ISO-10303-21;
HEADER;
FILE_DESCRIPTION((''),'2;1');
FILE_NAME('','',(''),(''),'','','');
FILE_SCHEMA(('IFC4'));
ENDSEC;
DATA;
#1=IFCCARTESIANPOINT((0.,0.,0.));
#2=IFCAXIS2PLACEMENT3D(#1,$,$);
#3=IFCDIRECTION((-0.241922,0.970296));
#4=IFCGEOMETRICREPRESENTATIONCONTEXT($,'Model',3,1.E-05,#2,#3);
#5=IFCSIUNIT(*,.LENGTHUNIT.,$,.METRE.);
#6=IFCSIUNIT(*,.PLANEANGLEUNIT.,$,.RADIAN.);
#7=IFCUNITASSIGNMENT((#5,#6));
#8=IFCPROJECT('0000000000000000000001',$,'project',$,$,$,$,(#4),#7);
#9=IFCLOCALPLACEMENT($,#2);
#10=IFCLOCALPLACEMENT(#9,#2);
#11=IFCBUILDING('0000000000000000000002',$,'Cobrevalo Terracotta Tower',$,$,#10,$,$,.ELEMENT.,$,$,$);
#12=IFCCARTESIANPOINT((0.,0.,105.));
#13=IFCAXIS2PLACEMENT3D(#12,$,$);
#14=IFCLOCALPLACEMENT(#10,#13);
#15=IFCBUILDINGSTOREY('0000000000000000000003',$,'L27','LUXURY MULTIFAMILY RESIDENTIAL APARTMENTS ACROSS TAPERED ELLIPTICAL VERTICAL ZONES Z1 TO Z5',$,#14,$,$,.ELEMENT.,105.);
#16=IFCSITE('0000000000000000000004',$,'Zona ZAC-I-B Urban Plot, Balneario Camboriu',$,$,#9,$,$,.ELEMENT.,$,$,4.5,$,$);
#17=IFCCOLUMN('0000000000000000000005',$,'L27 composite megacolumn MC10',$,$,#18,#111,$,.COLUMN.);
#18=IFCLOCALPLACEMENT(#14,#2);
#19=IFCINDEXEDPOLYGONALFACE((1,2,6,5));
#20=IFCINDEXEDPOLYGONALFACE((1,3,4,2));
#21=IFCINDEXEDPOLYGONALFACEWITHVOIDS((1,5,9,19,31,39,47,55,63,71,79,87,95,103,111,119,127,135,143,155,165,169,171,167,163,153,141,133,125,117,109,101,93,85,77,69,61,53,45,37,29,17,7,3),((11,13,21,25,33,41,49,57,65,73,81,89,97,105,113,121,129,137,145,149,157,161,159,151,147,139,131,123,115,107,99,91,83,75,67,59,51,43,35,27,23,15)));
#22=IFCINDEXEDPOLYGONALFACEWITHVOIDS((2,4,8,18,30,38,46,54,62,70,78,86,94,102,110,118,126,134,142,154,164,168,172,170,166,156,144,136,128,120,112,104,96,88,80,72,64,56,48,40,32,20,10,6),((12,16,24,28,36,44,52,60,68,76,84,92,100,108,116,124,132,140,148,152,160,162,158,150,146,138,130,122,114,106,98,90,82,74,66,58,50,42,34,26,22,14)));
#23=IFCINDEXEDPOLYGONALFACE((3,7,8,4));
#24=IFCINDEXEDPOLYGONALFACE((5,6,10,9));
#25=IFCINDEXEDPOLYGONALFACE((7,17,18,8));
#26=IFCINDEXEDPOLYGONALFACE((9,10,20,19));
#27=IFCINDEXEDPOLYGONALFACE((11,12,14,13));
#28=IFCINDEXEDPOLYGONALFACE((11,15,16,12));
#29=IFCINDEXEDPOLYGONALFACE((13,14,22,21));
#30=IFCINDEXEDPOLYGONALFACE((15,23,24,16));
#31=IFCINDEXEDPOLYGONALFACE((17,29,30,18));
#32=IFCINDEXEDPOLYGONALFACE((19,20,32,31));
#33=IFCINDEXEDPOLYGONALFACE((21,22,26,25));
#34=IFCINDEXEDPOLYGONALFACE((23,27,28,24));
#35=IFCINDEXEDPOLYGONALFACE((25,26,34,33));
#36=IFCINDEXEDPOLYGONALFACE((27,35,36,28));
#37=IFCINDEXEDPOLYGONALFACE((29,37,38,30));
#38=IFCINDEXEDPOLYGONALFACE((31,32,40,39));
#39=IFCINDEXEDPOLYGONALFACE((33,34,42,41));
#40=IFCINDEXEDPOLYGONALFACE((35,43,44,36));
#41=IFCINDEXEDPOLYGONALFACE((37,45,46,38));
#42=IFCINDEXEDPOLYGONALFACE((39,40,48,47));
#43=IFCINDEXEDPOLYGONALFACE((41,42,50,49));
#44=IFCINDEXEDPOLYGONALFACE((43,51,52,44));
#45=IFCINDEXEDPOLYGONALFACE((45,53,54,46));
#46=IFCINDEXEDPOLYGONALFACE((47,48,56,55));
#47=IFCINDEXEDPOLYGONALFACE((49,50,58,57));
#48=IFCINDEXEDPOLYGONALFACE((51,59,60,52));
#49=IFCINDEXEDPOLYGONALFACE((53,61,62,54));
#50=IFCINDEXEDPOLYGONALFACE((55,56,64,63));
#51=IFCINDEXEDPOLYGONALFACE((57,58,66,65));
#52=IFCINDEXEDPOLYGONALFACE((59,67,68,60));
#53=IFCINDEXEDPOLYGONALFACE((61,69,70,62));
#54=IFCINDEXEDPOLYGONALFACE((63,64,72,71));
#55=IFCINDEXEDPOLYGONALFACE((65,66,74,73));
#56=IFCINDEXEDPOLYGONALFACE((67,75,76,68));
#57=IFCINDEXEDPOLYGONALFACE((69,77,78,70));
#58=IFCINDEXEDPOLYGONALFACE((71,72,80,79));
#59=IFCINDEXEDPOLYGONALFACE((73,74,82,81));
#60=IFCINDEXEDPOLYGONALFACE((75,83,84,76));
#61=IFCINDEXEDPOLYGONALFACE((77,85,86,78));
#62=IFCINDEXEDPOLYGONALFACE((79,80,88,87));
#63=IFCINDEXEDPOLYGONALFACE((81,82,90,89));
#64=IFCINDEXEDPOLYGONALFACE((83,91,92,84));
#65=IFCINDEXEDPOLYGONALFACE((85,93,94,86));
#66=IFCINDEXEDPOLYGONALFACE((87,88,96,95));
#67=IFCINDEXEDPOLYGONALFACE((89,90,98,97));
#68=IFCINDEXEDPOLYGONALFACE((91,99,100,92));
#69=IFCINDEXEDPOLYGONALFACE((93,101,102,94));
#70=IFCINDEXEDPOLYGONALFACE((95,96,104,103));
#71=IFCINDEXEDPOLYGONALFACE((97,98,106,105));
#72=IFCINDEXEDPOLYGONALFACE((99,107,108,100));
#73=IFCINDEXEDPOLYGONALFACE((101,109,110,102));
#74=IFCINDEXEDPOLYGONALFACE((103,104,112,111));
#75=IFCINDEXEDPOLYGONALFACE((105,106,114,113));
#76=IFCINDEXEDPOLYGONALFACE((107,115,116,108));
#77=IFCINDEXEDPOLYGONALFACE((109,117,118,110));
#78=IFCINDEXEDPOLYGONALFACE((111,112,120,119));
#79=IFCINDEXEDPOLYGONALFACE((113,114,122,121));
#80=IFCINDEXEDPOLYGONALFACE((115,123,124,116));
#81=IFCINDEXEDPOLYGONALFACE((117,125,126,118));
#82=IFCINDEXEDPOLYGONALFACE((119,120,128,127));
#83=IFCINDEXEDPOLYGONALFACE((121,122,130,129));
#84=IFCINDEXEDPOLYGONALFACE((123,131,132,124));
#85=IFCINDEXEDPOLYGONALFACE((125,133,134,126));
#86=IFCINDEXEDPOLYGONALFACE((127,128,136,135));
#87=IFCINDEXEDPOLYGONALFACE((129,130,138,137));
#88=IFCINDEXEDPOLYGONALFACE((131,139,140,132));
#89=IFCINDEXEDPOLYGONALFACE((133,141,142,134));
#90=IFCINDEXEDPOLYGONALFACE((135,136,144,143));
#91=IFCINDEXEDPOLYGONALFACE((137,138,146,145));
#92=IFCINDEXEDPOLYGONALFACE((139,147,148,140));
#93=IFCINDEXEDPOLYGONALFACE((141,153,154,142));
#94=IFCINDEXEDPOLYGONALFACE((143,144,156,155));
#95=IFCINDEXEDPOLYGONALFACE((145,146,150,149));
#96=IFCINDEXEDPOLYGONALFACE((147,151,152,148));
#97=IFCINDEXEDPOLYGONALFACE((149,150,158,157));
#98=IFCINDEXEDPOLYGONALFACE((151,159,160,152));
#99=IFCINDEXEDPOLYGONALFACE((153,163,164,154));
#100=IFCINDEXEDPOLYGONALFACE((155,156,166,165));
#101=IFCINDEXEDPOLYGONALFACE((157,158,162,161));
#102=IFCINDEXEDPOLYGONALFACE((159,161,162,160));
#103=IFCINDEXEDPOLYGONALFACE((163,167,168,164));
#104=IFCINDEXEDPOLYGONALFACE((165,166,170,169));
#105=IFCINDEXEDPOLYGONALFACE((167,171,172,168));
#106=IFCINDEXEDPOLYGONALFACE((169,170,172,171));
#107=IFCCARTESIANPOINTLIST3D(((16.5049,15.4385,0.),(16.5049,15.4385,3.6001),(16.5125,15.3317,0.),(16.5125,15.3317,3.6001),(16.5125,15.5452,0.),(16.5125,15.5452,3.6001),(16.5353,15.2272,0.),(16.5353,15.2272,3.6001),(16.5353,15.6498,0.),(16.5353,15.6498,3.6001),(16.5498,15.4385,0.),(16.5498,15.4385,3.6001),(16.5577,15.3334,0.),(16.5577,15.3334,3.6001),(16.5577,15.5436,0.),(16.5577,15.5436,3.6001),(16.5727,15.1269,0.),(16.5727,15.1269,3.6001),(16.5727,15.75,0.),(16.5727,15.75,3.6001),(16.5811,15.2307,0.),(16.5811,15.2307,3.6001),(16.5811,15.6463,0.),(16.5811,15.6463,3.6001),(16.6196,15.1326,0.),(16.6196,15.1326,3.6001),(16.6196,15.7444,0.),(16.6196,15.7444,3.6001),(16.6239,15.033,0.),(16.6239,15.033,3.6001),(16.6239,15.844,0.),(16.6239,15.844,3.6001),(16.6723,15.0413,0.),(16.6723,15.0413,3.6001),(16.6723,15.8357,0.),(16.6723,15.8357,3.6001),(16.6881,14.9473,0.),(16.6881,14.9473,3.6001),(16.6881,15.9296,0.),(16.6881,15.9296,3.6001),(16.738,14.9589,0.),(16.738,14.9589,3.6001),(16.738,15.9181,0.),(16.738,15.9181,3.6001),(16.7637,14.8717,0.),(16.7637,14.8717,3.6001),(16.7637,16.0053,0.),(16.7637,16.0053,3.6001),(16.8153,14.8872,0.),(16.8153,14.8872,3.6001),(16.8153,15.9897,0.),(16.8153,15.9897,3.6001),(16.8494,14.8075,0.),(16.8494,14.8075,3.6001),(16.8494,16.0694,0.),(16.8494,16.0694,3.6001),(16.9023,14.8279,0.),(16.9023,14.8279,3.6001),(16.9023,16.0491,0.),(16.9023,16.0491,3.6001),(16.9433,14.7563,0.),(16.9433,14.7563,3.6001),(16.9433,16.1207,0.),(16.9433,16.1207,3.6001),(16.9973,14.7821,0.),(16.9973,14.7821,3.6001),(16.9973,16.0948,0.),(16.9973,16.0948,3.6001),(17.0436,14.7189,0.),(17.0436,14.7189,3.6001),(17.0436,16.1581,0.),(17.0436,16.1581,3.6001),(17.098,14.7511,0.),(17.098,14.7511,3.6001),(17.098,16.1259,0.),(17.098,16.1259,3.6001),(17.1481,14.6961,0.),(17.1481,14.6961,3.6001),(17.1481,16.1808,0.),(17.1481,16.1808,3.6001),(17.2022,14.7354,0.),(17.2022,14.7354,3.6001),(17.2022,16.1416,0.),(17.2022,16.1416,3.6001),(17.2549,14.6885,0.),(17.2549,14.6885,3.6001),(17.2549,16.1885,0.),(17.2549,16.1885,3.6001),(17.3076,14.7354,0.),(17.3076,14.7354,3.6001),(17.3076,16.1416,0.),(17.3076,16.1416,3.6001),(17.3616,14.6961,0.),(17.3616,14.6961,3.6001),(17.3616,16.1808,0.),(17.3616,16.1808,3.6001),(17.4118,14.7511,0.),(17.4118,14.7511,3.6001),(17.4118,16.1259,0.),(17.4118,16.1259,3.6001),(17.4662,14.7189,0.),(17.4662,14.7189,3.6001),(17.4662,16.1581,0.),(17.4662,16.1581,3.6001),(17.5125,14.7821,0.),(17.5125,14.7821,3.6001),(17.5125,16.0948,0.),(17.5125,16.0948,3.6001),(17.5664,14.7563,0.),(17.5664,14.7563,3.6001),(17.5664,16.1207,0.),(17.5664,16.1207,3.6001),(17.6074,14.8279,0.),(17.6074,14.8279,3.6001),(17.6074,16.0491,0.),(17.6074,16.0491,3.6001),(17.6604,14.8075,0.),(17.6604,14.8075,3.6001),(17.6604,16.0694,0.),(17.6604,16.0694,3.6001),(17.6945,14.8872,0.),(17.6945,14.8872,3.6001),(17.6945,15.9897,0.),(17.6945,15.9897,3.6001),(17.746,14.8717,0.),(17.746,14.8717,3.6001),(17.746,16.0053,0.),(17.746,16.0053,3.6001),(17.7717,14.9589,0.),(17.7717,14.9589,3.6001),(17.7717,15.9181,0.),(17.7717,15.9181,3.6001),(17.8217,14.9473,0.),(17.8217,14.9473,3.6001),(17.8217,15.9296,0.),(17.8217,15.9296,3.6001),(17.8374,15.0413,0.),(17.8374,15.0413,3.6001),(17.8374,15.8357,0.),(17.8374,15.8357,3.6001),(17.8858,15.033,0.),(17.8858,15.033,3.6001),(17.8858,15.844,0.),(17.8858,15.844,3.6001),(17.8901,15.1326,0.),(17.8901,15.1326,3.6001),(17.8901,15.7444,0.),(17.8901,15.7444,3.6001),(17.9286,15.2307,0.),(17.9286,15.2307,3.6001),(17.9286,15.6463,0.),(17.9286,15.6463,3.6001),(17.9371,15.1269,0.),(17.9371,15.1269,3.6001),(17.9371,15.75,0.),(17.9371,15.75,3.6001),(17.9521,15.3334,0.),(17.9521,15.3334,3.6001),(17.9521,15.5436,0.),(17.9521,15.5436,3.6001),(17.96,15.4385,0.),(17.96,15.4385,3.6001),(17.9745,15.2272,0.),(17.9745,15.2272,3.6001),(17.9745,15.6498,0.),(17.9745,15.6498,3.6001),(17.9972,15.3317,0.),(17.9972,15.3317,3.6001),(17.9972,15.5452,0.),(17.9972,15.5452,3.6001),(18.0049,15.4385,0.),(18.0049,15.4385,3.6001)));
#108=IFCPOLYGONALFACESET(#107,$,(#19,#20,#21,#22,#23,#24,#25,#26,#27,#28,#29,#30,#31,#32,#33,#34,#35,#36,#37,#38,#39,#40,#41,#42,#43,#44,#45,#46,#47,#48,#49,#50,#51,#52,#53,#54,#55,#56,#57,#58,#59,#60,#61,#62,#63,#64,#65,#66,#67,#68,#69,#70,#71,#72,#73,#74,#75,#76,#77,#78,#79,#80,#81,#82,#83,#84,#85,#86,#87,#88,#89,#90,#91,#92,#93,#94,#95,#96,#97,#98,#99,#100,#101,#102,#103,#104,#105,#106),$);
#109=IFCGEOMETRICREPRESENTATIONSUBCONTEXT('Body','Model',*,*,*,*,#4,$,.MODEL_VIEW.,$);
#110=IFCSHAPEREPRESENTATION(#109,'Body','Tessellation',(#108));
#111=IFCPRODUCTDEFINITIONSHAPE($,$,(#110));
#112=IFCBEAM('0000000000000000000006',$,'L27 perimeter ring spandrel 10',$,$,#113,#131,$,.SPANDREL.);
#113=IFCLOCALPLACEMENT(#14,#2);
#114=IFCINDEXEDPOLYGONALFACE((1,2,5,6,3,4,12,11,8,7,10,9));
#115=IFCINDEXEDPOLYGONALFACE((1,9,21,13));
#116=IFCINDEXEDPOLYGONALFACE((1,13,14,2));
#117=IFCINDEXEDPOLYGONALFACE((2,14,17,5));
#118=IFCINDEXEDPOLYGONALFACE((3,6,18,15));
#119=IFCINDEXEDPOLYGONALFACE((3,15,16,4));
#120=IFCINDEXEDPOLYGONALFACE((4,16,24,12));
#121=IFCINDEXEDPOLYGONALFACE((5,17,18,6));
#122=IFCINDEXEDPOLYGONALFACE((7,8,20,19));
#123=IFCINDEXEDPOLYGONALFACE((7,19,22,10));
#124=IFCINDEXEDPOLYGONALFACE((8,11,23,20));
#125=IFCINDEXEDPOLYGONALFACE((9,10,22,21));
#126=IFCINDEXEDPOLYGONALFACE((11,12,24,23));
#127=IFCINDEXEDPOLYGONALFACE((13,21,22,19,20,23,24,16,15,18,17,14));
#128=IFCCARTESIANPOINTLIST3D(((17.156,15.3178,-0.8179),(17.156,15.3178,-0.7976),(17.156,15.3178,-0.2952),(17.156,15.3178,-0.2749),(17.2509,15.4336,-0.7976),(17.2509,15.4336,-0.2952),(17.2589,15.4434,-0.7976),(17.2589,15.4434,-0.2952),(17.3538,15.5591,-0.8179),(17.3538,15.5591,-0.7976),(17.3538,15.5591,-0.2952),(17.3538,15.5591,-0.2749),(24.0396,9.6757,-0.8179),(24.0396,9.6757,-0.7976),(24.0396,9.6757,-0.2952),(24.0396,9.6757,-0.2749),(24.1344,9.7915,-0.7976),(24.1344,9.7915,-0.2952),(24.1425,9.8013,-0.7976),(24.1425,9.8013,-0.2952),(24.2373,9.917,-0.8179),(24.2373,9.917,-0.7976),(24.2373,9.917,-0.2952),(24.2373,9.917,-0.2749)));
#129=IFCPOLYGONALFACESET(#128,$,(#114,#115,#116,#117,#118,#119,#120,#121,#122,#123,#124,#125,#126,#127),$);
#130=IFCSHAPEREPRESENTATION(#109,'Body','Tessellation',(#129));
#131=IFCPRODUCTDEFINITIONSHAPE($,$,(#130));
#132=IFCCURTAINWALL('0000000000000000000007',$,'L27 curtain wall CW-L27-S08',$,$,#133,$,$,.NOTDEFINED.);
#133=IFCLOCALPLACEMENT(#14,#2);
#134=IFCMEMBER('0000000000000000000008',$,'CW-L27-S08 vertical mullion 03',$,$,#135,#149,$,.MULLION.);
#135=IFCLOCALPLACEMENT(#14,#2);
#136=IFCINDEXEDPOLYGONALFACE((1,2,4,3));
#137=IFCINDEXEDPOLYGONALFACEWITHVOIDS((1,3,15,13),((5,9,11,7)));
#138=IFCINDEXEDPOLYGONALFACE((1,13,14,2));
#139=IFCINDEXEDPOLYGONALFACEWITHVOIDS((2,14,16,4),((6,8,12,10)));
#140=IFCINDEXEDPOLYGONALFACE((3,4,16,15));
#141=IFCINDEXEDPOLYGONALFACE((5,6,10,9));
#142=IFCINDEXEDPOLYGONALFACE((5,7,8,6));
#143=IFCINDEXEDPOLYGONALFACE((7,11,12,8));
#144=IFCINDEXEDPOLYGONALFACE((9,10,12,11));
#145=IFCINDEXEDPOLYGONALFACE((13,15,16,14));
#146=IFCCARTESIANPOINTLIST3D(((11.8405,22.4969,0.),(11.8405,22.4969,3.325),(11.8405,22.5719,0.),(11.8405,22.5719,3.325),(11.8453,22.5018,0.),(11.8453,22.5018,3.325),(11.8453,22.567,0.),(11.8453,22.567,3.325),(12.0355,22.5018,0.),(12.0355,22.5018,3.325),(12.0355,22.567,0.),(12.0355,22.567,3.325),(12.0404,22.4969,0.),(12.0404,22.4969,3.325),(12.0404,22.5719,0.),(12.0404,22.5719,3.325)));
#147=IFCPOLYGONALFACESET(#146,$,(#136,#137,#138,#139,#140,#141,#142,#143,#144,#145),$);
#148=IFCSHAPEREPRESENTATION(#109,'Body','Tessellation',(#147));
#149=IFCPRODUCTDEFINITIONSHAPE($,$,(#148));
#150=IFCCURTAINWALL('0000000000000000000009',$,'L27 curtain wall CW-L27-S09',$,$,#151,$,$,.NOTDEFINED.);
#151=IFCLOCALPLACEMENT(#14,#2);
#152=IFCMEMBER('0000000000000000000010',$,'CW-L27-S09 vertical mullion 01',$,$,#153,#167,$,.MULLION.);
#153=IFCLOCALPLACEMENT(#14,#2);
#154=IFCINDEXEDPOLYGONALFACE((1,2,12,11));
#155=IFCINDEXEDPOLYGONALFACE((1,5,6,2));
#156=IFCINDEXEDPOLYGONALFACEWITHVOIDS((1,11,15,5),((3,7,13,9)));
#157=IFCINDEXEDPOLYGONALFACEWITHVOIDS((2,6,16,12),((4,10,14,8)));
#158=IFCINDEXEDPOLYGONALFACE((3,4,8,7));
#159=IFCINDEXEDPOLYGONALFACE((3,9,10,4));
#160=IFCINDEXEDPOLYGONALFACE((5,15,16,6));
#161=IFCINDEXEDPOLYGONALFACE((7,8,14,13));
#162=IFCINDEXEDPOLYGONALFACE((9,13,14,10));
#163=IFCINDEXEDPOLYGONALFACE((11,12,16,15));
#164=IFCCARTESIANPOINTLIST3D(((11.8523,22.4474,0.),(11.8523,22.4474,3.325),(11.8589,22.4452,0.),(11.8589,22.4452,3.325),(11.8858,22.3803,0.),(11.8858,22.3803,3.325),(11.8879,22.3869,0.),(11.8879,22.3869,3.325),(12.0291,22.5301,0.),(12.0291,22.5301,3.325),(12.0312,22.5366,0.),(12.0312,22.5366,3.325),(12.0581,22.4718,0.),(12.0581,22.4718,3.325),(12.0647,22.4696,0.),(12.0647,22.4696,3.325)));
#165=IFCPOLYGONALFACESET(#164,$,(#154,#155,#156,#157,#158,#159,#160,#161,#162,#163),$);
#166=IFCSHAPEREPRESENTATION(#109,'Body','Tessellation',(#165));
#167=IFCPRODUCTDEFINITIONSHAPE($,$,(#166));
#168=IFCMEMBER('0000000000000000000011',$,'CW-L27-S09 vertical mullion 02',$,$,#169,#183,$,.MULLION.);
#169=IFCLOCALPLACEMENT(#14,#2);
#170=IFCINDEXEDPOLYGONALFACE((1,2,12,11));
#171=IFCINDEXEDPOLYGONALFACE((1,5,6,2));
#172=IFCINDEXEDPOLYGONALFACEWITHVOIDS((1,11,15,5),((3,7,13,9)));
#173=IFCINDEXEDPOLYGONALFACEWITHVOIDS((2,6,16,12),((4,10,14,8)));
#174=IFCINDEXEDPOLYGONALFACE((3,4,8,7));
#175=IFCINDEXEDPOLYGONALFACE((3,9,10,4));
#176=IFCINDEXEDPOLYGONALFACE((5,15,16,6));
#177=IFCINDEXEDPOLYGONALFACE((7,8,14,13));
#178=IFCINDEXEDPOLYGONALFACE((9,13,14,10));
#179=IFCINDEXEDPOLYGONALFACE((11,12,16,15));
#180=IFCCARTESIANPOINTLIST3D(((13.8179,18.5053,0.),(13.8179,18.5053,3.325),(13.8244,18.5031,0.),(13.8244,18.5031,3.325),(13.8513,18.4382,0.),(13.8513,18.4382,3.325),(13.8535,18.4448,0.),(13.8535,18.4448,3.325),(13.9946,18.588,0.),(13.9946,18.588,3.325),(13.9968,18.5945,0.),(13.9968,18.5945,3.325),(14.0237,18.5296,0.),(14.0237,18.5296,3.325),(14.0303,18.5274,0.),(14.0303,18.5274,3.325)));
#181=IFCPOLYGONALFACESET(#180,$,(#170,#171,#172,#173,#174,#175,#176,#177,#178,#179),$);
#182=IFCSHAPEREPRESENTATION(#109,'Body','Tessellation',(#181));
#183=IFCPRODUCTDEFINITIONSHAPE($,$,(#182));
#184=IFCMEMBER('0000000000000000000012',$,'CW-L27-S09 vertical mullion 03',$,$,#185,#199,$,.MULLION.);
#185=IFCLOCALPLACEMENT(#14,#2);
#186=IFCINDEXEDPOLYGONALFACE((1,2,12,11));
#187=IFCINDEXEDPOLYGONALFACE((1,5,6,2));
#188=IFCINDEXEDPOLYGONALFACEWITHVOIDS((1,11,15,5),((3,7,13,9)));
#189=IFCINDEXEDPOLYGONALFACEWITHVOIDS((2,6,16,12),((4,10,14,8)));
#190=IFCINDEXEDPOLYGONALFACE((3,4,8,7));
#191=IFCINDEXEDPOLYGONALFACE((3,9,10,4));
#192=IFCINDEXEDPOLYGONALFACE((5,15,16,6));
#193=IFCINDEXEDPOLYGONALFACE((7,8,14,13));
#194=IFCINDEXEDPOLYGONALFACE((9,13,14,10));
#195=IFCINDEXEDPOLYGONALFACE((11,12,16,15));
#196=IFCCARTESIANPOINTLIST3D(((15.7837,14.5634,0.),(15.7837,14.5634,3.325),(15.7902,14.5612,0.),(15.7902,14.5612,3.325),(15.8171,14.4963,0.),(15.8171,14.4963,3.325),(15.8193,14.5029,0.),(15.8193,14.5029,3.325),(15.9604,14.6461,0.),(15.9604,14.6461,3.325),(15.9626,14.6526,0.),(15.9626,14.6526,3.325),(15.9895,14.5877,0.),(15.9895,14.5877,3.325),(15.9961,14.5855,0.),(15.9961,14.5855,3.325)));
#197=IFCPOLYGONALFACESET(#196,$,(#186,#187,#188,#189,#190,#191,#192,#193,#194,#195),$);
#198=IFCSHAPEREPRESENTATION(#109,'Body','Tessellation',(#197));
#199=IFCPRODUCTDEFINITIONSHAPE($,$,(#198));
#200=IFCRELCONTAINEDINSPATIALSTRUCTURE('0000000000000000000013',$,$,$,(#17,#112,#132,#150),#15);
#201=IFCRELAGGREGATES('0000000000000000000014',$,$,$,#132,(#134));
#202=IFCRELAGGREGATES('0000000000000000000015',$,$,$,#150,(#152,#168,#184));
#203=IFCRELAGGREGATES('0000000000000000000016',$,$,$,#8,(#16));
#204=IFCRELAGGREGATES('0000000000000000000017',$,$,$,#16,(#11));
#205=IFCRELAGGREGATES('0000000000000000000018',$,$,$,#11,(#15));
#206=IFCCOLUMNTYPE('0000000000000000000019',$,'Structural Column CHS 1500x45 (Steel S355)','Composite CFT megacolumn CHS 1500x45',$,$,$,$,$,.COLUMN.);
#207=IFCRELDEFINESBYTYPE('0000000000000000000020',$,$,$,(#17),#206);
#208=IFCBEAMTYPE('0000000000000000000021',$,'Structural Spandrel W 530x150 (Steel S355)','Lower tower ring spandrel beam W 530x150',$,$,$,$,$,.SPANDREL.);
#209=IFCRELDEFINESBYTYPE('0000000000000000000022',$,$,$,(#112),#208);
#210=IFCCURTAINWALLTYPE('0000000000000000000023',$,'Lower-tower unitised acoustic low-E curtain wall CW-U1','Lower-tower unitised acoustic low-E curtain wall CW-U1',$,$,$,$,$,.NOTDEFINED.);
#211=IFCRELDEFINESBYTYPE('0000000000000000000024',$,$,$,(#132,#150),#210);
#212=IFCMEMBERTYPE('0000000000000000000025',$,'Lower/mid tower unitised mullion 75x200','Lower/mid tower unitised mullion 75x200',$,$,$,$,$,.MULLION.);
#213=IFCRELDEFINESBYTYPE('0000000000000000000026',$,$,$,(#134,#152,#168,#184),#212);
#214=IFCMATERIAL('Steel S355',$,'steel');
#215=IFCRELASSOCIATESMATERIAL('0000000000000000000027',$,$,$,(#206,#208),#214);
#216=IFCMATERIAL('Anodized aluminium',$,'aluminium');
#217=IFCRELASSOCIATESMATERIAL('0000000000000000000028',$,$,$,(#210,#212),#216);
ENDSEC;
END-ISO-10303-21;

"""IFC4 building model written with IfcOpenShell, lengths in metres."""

from ifc_helpers import new_model, si_unit, direction, frame, origin, origin_2d, place, context, subcontext, project, spatial, hollow_rectangle, hollow_circle, i_section, extrude, source, transform, mapped, material, material_profile, profile_set, type_object, element, aggregate, save


model = new_model("IFC4")

# Units and contexts
model_context = context("Model", 3, precision=1e-05, world=origin(), true_north=direction((-0.241922, 0.970296)))
body_context = subcontext(model_context, "Body", "Model", "MODEL_VIEW")
ifc_project = project(units=[si_unit("LENGTHUNIT", "METRE"), si_unit("PLANEANGLEUNIT", "RADIAN")], contexts=[model_context])

# Site, building, storey
site_placement = place(None, origin())
site = spatial("IfcSite", under=ifc_project, at=site_placement, Name="Zona ZAC-I-B Urban Plot, Balneario Camboriu", CompositionType="ELEMENT", RefElevation=4.5)
building_placement = place(site_placement, origin())
building = spatial("IfcBuilding", under=site, at=building_placement, Name="Cobrevalo Terracotta Tower", CompositionType="ELEMENT")
storey_placement = place(building_placement, frame((0.0, 0.0, 105.0)))
storey = spatial("IfcBuildingStorey", under=building, at=storey_placement, Name="L27", Description="LUXURY MULTIFAMILY RESIDENTIAL APARTMENTS ACROSS TAPERED ELLIPTICAL VERTICAL ZONES Z1 TO Z5", CompositionType="ELEMENT", Elevation=105.0)

# Column
ifc_material_1 = material(Name="Steel S355", Category="steel")
ifc_material_profile_1 = material_profile(ifc_material_1, hollow_circle(Radius=0.75, WallThickness=0.0449, at=origin_2d()), Name="CHS 1500x45")
ifc_profile_set_1 = profile_set([ifc_material_profile_1], Name="Steel S355")
column_type = type_object("IfcColumnType", Name="Structural Column CHS 1500x45 (Steel S355)", Description="Composite CFT megacolumn CHS 1500x45", PredefinedType="COLUMN", material=ifc_profile_set_1)
column_placement = place(storey_placement, frame((17.2549, 15.4385, 0.0), z_axis=(0.0, 0.0, 1.0), x_axis=(1.0, 0.0, 0.0)))
element("IfcColumn", 1, at=column_placement, inside=storey, type_object=column_type, Name="L27 composite megacolumn MC10", PredefinedType="COLUMN", context=body_context, shape_type="SweptSolid", body=[
    extrude(hollow_circle(Radius=0.75, WallThickness=0.0449, at=origin_2d()), origin(), (0.0, 0.0, 1.0), 3.6001),
])

# Beam
ifc_material_profile_2 = material_profile(ifc_material_1, i_section(OverallWidth=0.312, OverallDepth=0.543, WebThickness=0.0127, FlangeThickness=0.0203, at=origin_2d()), Name="W 530x150")
ifc_profile_set_2 = profile_set([ifc_material_profile_2], Name="Steel S355")
beam_type = type_object("IfcBeamType", Name="Structural Spandrel W 530x150 (Steel S355)", Description="Lower tower ring spandrel beam W 530x150", PredefinedType="SPANDREL", material=ifc_profile_set_2)
beam_placement = place(storey_placement, frame((17.2549, 15.4385, -0.5464), z_axis=(0.773401, -0.633917, 0.0), x_axis=(0.633917, 0.773401, 0.0)))
element("IfcBeam", 2, at=beam_placement, inside=storey, type_object=beam_type, Name="L27 perimeter ring spandrel 10", PredefinedType="SPANDREL", context=body_context, shape_type="SweptSolid", body=[
    extrude(i_section(OverallWidth=0.312, OverallDepth=0.543, WebThickness=0.0127, FlangeThickness=0.0203, at=origin_2d()), origin(), (0.0, 0.0, 1.0), 8.9004),
])

# Curtain wall, member
ifc_material_2 = material(Name="Anodized aluminium", Category="aluminium")
curtain_wall_type = type_object("IfcCurtainWallType", Name="Lower-tower unitised acoustic low-E curtain wall CW-U1", Description="Lower-tower unitised acoustic low-E curtain wall CW-U1", PredefinedType="NOTDEFINED", material=ifc_material_2)
curtain_wall_1_placement = place(storey_placement, origin())
curtain_wall_1 = element("IfcCurtainWall", 3, at=curtain_wall_1_placement, inside=storey, type_object=curtain_wall_type, Name="L27 curtain wall CW-L27-S08", PredefinedType="NOTDEFINED")
ifc_material_profile_3 = material_profile(ifc_material_2, hollow_rectangle(XDim=0.075, YDim=0.2, WallThickness=0.0049, at=origin_2d()), Name="CWM 75x200")
ifc_profile_set_3 = profile_set([ifc_material_profile_3], Name="Anodized aluminium")
member_type_1 = type_object("IfcMemberType", Name="Lower/mid tower unitised mullion 75x200", Description="Lower/mid tower unitised mullion 75x200", PredefinedType="MULLION", material=ifc_profile_set_3)
shared_shape_1 = source(origin(), body_context, "Body", "SweptSolid", [
    extrude(hollow_rectangle(XDim=0.075, YDim=0.2, WallThickness=0.0049, at=origin_2d()), origin(), (0.0, 0.0, 1.0), 3.325),
])
member_1_placement = place(storey_placement, frame((11.9404, 22.5344, 0.0), z_axis=(0.0, 0.0, 1.0), x_axis=(0.0, -1.0, 0.0)))
member_1 = element("IfcMember", 4, at=member_1_placement, type_object=member_type_1, Name="CW-L27-S08 vertical mullion 03", PredefinedType="MULLION", context=body_context, shape_type="MappedRepresentation", body=[
    mapped(shared_shape_1, transform((0.0, 0.0, 0.0), scale=1.0)),
])
aggregate(curtain_wall_1, [member_1])

# Curtain wall, members
curtain_wall_2_placement = place(storey_placement, origin())
curtain_wall_2 = element("IfcCurtainWall", 5, at=curtain_wall_2_placement, inside=storey, type_object=curtain_wall_type, Name="L27 curtain wall CW-L27-S09", PredefinedType="NOTDEFINED")
member_2_placement = place(storey_placement, frame((11.9585, 22.4585, 0.0), z_axis=(0.0, 0.0, 1.0), x_axis=(0.44626, -0.894903, 0.0)))
member_2 = element("IfcMember", 6, at=member_2_placement, type_object=member_type_1, Name="CW-L27-S09 vertical mullion 01", PredefinedType="MULLION", context=body_context, shape_type="MappedRepresentation", body=[
    mapped(shared_shape_1, transform((0.0, 0.0, 0.0), scale=1.0)),
])
member_3_placement = place(storey_placement, frame((13.9241, 18.5164, 0.0), z_axis=(0.0, 0.0, 1.0), x_axis=(0.44626, -0.894903, 0.0)))
member_3 = element("IfcMember", 7, at=member_3_placement, type_object=member_type_1, Name="CW-L27-S09 vertical mullion 02", PredefinedType="MULLION", context=body_context, shape_type="MappedRepresentation", body=[
    mapped(shared_shape_1, transform((0.0, 0.0, 0.0), scale=1.0)),
])
member_4_placement = place(storey_placement, frame((15.8899, 14.5745, 0.0), z_axis=(0.0, 0.0, 1.0), x_axis=(0.44626, -0.894903, 0.0)))
member_4 = element("IfcMember", 8, at=member_4_placement, type_object=member_type_1, Name="CW-L27-S09 vertical mullion 03", PredefinedType="MULLION", context=body_context, shape_type="MappedRepresentation", body=[
    mapped(shared_shape_1, transform((0.0, 0.0, 0.0), scale=1.0)),
])

aggregate(curtain_wall_2, [member_2, member_3, member_4])

save(model, "model.ifc")
